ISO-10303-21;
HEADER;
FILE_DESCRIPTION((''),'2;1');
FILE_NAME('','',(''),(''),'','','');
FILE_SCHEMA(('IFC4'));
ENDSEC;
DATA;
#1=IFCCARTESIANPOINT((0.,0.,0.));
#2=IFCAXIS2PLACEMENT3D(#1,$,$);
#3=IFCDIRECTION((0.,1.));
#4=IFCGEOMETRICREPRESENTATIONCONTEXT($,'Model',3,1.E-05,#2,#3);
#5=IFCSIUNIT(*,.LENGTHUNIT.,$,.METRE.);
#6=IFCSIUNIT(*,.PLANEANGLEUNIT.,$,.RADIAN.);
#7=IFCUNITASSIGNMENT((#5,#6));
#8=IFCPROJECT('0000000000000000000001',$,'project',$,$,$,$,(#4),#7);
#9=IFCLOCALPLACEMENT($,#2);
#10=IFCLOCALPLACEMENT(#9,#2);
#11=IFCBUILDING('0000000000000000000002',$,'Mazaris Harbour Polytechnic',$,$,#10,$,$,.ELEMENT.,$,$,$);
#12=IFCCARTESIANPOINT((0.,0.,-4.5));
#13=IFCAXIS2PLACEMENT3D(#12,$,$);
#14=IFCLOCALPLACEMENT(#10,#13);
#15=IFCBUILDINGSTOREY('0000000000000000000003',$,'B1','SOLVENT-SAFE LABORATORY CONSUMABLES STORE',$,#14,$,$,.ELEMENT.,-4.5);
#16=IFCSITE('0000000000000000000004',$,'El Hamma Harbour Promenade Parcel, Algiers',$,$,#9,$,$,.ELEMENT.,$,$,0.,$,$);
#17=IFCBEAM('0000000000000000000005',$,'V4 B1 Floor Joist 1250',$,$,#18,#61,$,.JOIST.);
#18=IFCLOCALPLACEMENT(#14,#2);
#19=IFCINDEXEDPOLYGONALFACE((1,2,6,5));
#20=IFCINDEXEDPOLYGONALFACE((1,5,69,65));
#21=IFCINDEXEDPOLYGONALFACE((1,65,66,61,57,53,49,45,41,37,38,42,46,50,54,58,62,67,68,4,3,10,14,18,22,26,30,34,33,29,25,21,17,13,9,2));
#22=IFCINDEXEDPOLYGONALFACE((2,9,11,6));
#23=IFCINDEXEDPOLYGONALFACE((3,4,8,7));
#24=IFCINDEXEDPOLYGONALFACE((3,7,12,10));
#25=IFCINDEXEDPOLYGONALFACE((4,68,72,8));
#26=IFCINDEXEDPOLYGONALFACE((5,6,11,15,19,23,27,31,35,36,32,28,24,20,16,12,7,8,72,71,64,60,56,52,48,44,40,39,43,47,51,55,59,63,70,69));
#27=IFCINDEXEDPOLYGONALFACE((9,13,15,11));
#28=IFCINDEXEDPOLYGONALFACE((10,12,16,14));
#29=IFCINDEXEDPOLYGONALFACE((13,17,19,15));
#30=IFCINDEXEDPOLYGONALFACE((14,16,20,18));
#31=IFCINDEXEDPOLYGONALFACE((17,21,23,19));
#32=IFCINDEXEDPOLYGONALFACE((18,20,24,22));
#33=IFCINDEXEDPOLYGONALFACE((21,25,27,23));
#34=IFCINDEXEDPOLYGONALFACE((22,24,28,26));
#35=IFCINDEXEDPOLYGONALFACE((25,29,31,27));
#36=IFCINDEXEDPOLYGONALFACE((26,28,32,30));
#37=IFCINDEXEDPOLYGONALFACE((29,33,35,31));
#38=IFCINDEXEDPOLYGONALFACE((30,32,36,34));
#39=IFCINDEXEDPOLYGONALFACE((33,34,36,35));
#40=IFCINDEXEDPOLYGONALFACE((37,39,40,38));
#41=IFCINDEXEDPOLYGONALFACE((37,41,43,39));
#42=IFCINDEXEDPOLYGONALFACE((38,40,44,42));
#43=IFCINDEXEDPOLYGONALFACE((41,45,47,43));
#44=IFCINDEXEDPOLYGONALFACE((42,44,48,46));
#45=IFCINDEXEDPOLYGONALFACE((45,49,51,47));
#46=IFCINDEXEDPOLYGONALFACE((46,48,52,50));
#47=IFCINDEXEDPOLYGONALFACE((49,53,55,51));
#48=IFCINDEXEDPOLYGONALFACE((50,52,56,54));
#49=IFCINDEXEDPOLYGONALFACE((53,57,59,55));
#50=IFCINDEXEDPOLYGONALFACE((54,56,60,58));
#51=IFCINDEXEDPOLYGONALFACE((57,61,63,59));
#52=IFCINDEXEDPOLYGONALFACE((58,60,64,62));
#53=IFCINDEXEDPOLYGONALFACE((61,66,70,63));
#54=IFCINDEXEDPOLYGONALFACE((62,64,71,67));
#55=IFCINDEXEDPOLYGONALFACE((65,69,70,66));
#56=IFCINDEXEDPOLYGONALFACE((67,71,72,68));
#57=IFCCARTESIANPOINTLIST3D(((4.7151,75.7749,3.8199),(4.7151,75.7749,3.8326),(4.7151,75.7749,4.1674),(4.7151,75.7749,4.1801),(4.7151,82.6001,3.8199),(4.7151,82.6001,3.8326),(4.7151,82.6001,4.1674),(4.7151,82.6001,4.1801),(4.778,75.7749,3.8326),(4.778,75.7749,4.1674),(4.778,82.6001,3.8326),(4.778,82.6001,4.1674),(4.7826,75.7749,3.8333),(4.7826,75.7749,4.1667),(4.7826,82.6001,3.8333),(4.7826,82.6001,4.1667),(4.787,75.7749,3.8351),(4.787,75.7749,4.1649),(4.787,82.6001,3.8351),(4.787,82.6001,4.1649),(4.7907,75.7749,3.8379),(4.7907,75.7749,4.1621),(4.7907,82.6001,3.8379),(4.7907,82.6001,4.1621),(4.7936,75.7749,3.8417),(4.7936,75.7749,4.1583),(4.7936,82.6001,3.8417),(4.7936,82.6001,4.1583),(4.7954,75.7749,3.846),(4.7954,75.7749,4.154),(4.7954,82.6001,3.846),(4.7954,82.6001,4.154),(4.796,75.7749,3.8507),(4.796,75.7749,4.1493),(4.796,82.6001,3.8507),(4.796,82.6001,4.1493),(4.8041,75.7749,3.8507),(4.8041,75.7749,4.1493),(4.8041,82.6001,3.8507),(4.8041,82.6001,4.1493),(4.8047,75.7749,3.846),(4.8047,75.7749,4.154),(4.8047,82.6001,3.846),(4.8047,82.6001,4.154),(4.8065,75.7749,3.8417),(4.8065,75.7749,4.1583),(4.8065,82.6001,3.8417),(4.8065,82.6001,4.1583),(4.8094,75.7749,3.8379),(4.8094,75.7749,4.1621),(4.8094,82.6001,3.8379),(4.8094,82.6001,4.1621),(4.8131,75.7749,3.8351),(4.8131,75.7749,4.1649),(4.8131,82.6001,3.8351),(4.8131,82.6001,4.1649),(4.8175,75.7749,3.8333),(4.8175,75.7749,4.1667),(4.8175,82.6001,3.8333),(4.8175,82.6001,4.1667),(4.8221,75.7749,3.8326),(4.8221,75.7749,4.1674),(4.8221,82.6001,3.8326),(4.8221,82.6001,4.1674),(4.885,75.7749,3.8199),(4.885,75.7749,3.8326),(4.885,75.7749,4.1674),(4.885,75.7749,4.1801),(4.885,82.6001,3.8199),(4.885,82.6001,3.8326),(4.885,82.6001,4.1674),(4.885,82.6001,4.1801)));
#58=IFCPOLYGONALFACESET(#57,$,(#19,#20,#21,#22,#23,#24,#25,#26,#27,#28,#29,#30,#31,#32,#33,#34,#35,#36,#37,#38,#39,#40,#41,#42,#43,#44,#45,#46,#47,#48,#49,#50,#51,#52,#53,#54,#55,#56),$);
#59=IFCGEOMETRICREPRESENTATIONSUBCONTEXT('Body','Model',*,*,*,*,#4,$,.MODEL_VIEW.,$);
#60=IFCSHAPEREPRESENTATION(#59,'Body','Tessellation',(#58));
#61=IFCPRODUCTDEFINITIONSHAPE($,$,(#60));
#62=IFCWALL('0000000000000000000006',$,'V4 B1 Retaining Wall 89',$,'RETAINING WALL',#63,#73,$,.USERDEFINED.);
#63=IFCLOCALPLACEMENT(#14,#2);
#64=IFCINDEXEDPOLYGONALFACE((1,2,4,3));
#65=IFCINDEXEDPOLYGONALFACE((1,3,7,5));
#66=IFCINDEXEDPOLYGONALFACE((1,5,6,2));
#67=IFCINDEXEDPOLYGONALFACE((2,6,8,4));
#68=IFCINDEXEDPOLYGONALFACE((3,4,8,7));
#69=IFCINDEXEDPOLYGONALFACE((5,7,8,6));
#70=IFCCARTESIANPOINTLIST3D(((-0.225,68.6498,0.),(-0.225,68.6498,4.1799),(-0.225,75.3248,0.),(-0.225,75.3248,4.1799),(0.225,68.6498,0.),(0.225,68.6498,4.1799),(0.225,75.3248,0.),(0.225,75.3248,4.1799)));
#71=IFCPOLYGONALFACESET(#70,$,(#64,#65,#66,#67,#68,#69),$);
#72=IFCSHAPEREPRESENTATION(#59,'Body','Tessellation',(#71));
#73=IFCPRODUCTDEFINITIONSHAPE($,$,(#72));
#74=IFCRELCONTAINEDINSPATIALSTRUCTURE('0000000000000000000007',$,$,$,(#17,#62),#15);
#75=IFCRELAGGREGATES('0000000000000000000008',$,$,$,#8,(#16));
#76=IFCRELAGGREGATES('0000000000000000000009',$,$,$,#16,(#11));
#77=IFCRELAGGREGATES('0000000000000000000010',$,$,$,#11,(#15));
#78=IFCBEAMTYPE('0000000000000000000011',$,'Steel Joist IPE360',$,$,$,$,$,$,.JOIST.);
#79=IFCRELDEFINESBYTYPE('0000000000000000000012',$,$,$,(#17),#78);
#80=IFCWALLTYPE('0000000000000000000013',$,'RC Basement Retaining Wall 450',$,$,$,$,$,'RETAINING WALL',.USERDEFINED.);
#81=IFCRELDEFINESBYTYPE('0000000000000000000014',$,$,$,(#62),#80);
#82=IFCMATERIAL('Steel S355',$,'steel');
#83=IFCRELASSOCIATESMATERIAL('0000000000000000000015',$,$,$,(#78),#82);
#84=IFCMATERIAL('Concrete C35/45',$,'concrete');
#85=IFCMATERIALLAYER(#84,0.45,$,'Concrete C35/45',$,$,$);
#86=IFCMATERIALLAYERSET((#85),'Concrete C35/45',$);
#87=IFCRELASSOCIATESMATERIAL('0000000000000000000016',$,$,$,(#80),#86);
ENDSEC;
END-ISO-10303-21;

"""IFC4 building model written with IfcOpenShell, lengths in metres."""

from ifc_helpers import new_model, si_unit, direction, frame, frame_2d, origin, origin_2d, place, context, subcontext, project, spatial, rectangle, i_section, extrude, material, layer, layer_set, material_profile, profile_set, type_object, element, save


model = new_model("IFC4")

# Units and contexts
model_context = context("Model", 3, precision=1e-05, world=origin(), true_north=direction((0.0, 1.0)))
body_context = subcontext(model_context, "Body", "Model", "MODEL_VIEW")
ifc_project = project(units=[si_unit("LENGTHUNIT", "METRE"), si_unit("PLANEANGLEUNIT", "RADIAN")], contexts=[model_context])

# Site, building, storey
site_placement = place(None, origin())
site = spatial("IfcSite", under=ifc_project, at=site_placement, Name="El Hamma Harbour Promenade Parcel, Algiers", CompositionType="ELEMENT", RefElevation=0.0)
building_placement = place(site_placement, origin())
building = spatial("IfcBuilding", under=site, at=building_placement, Name="Mazaris Harbour Polytechnic", CompositionType="ELEMENT")
storey_placement = place(building_placement, frame((0.0, 0.0, -4.5)))
storey = spatial("IfcBuildingStorey", under=building, at=storey_placement, Name="B1", Description="SOLVENT-SAFE LABORATORY CONSUMABLES STORE", CompositionType="ELEMENT", Elevation=-4.5)

# Beam
ifc_material_1 = material(Name="Steel S355", Category="steel")
ifc_material_profile_1 = material_profile(ifc_material_1, i_section(OverallWidth=0.1699, OverallDepth=0.3601, WebThickness=0.0081, FlangeThickness=0.0127, FilletRadius=0.0181, at=origin_2d()), Name="IPE 360")
ifc_profile_set_1 = profile_set([ifc_material_profile_1], Name="Steel S355")
beam_type_1 = type_object("IfcBeamType", Name="Steel Joist IPE360", PredefinedType="JOIST", material=ifc_profile_set_1)
beam_1_placement = place(storey_placement, frame((4.8, 75.7749, 4.0), z_axis=(0.0, 1.0, 0.0), x_axis=(-1.0, 0.0, 0.0)))
element("IfcBeam", 1, at=beam_1_placement, inside=storey, type_object=beam_type_1, Name="V4 B1 Floor Joist 1250", PredefinedType="JOIST", context=body_context, shape_type="SweptSolid", body=[
    extrude(i_section(OverallWidth=0.1699, OverallDepth=0.3601, WebThickness=0.0081, FlangeThickness=0.0127, FilletRadius=0.0181, at=origin_2d()), origin(), (0.0, 0.0, 1.0), 6.8252),
])

# Wall
ifc_material_2 = material(Name="Concrete C35/45", Category="concrete")
ifc_layer = layer(ifc_material_2, 0.45, Name="Concrete C35/45")
ifc_layer_set = layer_set([ifc_layer], Name="Concrete C35/45")
wall_type = type_object("IfcWallType", Name="RC Basement Retaining Wall 450", ElementType="RETAINING WALL", PredefinedType="USERDEFINED", material=ifc_layer_set)
wall_placement = place(storey_placement, frame((0.0, 68.6499, 0.0), z_axis=(0.0, 0.0, 1.0), x_axis=(0.0, 1.0, 0.0)))
element("IfcWall", 2, at=wall_placement, inside=storey, type_object=wall_type, Name="V4 B1 Retaining Wall 89", ObjectType="RETAINING WALL", PredefinedType="USERDEFINED", context=body_context, shape_type="SweptSolid", body=[
    extrude(rectangle(XDim=6.675, YDim=0.45, at=frame_2d((3.3374, 0.0))), origin(), (0.0, 0.0, 1.0), 4.1799),
])

save(model, "model.ifc")
